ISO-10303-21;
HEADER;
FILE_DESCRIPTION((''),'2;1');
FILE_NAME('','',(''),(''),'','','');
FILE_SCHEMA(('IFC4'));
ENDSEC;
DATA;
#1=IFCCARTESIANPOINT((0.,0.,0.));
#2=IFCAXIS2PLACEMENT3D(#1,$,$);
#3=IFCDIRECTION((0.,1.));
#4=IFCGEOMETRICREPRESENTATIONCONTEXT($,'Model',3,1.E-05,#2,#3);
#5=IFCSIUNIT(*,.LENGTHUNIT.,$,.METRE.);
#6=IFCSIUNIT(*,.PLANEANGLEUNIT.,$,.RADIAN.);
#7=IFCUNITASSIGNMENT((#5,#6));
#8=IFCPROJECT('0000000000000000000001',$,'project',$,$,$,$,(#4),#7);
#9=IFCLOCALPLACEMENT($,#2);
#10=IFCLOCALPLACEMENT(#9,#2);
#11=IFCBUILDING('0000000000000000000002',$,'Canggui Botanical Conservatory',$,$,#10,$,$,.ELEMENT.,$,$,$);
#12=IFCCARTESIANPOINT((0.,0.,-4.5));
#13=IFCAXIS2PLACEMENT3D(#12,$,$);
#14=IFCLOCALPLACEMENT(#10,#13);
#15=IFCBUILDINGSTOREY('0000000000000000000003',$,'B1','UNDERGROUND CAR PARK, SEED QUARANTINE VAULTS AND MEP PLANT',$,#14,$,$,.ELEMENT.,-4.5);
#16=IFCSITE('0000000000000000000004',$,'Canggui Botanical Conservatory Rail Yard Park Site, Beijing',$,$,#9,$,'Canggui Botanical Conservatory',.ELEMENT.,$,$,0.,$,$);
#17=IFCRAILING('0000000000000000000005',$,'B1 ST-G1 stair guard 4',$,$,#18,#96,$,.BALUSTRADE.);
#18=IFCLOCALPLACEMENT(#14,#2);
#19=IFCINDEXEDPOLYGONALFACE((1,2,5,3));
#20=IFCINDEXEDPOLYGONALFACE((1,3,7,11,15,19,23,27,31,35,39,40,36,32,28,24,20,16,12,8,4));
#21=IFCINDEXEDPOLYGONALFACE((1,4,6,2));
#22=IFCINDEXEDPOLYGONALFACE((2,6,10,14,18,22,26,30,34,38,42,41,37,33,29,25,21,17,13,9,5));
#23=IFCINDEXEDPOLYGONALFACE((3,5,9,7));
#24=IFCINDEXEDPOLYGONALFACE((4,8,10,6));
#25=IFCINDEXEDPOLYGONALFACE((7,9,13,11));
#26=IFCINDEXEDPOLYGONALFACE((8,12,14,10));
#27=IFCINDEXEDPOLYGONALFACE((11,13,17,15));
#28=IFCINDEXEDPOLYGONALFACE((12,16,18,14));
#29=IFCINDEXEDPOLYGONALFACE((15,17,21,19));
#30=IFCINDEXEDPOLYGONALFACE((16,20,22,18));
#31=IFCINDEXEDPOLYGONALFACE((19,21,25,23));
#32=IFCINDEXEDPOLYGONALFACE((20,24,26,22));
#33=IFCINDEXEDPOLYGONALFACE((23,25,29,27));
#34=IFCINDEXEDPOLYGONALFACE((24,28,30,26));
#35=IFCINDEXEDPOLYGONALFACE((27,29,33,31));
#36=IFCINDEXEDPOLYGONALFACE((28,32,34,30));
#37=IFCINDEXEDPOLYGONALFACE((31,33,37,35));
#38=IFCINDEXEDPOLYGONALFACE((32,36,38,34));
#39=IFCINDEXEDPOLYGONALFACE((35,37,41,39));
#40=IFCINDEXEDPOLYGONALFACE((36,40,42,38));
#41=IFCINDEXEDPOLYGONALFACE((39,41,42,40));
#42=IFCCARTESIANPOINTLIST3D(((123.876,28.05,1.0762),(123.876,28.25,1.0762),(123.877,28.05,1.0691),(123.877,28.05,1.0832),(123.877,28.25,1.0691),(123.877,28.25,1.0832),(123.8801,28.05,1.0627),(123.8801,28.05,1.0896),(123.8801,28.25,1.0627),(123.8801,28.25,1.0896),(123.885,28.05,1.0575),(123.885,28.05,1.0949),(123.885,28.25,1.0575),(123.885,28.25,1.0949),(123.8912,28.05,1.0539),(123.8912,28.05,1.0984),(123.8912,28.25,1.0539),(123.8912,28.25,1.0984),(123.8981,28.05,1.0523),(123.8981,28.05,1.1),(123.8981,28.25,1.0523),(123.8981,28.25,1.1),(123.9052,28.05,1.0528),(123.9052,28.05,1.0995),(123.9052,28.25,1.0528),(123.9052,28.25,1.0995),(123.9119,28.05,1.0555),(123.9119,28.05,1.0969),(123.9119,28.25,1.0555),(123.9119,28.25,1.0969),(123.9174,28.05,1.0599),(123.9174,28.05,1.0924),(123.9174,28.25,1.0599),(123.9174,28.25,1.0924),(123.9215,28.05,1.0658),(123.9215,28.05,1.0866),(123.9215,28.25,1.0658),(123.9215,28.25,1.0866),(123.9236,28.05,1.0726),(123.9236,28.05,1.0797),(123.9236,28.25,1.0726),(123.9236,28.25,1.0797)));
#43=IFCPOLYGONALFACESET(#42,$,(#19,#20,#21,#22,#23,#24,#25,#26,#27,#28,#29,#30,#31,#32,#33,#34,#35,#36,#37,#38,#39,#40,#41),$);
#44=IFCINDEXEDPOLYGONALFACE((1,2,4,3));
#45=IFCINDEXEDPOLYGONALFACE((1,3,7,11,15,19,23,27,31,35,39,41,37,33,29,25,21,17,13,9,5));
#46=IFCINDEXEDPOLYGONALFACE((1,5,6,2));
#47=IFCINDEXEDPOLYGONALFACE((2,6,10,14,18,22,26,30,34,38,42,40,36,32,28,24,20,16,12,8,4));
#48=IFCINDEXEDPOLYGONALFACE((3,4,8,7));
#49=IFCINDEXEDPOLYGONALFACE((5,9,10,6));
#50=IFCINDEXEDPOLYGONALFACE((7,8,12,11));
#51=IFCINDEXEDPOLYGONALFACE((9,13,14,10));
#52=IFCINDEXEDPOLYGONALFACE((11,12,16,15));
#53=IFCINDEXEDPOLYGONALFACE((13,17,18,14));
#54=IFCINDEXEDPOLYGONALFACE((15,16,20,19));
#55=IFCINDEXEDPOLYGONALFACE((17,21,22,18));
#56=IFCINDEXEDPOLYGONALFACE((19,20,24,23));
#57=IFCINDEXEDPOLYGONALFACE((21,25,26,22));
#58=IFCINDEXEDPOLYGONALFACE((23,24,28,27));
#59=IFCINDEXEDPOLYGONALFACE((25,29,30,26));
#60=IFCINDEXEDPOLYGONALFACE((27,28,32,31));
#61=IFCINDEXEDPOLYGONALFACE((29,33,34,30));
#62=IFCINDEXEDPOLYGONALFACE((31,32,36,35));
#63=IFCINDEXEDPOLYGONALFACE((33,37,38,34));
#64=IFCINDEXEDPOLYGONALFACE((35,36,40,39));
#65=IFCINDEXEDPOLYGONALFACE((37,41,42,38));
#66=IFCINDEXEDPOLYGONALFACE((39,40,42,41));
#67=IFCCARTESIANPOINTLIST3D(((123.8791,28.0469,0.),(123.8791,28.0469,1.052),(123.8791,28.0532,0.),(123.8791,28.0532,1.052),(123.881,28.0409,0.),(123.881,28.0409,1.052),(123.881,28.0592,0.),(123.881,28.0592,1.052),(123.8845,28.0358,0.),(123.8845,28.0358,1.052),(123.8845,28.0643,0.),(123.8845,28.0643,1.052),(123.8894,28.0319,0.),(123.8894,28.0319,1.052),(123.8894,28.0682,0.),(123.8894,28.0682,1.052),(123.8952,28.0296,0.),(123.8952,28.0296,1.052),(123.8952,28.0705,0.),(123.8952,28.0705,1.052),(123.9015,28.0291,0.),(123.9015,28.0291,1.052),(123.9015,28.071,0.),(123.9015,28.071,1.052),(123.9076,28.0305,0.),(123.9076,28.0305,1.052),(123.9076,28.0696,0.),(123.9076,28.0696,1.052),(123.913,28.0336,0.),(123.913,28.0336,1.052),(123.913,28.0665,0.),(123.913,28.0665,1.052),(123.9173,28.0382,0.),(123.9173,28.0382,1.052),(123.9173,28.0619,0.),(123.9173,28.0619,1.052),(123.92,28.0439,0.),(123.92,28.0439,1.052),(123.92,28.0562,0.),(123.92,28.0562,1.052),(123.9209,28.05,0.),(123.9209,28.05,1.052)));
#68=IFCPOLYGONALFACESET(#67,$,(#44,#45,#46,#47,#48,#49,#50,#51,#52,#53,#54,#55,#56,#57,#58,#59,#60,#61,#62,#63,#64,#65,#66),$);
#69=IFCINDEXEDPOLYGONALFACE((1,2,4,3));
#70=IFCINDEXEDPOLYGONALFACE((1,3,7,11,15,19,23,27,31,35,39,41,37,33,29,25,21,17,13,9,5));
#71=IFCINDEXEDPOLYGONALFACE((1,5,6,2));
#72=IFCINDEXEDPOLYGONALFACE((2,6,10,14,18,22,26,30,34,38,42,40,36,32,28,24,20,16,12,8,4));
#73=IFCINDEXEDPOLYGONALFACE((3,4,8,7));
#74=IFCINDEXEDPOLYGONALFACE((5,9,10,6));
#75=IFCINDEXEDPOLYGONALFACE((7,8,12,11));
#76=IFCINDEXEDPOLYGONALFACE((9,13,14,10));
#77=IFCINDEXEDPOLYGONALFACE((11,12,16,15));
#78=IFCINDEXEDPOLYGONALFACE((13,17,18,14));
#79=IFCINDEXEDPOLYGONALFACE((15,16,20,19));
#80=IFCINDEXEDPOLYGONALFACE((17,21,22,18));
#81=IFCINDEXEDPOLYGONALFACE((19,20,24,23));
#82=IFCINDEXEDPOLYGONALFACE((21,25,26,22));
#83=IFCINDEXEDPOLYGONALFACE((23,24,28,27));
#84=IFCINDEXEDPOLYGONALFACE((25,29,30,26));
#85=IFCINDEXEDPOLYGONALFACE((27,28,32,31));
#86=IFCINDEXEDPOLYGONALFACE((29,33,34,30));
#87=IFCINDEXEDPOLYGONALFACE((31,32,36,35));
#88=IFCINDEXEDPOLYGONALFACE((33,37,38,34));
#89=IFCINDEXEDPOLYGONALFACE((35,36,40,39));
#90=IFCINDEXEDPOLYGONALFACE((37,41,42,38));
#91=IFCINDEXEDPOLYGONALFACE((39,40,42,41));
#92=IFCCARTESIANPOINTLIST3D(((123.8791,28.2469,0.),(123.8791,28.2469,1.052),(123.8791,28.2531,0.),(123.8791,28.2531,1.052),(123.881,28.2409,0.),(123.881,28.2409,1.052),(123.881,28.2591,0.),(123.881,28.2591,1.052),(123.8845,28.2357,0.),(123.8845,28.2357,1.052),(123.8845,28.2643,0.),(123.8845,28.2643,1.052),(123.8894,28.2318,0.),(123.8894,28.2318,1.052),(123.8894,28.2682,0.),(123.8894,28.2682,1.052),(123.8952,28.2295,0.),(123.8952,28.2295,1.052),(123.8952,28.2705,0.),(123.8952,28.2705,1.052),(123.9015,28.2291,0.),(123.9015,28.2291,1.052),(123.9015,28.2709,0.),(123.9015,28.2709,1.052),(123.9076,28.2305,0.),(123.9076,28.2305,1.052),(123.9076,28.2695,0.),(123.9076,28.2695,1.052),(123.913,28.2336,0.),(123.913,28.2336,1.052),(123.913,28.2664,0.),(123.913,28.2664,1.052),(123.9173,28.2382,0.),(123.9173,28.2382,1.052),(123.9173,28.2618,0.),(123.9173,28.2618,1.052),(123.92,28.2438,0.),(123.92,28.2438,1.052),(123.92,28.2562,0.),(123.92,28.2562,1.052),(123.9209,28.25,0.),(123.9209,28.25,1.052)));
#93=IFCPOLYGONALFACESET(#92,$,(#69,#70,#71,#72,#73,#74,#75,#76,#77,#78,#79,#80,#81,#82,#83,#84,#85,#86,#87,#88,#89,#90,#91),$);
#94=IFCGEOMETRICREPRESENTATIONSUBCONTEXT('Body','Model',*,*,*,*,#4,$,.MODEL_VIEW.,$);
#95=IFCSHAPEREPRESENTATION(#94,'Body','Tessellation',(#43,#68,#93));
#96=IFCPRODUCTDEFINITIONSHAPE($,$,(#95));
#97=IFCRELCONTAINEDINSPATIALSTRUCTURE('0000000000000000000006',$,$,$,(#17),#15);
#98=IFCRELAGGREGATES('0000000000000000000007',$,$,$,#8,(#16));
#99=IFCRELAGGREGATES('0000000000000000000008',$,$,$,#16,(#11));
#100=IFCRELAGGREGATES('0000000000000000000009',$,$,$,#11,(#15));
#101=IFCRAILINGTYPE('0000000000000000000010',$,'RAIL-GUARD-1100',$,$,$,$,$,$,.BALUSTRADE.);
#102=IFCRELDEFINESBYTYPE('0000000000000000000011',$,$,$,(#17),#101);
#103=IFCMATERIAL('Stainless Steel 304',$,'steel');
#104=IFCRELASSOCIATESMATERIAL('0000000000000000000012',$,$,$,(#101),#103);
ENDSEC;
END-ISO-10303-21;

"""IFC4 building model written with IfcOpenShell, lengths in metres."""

from ifc_helpers import new_model, si_unit, direction, frame, origin, origin_2d, place, context, subcontext, project, spatial, circle, extrude, material, type_object, element, save


model = new_model("IFC4")

# Units and contexts
model_context = context("Model", 3, precision=1e-05, world=origin(), true_north=direction((0.0, 1.0)))
body_context = subcontext(model_context, "Body", "Model", "MODEL_VIEW")
ifc_project = project(units=[si_unit("LENGTHUNIT", "METRE"), si_unit("PLANEANGLEUNIT", "RADIAN")], contexts=[model_context])

# Site, building, storey
site_placement = place(None, origin())
site = spatial("IfcSite", under=ifc_project, at=site_placement, Name="Canggui Botanical Conservatory Rail Yard Park Site, Beijing", LongName="Canggui Botanical Conservatory", CompositionType="ELEMENT", RefElevation=0.0)
building_placement = place(site_placement, origin())
building = spatial("IfcBuilding", under=site, at=building_placement, Name="Canggui Botanical Conservatory", CompositionType="ELEMENT")
storey_placement = place(building_placement, frame((0.0, 0.0, -4.5)))
storey = spatial("IfcBuildingStorey", under=building, at=storey_placement, Name="B1", Description="UNDERGROUND CAR PARK, SEED QUARANTINE VAULTS AND MEP PLANT", CompositionType="ELEMENT", Elevation=-4.5)

# Railing
ifc_material_1 = material(Name="Stainless Steel 304", Category="steel")
railing_type_1 = type_object("IfcRailingType", Name="RAIL-GUARD-1100", PredefinedType="BALUSTRADE", material=ifc_material_1)
railing_1_placement = place(storey_placement, frame((123.8999, 28.05, 0.0)))
element("IfcRailing", 1, at=railing_1_placement, inside=storey, type_object=railing_type_1, Name="B1 ST-G1 stair guard 4", PredefinedType="BALUSTRADE", context=body_context, shape_type="SweptSolid", body=[
    extrude(circle(Radius=0.0239, at=origin_2d()), frame((0.0, 0.0, 1.0762), z_axis=(0.0, 1.0, 0.0), x_axis=(-1.0, 0.0, 0.0)), (0.0, 0.0, 1.0), 0.2),
    extrude(circle(Radius=0.021, at=origin_2d()), origin(), (0.0, 0.0, 1.0), 1.052),
    extrude(circle(Radius=0.021, at=origin_2d()), frame((0.0, 0.2, 0.0)), (0.0, 0.0, 1.0), 1.052),
])

save(model, "model.ifc")
